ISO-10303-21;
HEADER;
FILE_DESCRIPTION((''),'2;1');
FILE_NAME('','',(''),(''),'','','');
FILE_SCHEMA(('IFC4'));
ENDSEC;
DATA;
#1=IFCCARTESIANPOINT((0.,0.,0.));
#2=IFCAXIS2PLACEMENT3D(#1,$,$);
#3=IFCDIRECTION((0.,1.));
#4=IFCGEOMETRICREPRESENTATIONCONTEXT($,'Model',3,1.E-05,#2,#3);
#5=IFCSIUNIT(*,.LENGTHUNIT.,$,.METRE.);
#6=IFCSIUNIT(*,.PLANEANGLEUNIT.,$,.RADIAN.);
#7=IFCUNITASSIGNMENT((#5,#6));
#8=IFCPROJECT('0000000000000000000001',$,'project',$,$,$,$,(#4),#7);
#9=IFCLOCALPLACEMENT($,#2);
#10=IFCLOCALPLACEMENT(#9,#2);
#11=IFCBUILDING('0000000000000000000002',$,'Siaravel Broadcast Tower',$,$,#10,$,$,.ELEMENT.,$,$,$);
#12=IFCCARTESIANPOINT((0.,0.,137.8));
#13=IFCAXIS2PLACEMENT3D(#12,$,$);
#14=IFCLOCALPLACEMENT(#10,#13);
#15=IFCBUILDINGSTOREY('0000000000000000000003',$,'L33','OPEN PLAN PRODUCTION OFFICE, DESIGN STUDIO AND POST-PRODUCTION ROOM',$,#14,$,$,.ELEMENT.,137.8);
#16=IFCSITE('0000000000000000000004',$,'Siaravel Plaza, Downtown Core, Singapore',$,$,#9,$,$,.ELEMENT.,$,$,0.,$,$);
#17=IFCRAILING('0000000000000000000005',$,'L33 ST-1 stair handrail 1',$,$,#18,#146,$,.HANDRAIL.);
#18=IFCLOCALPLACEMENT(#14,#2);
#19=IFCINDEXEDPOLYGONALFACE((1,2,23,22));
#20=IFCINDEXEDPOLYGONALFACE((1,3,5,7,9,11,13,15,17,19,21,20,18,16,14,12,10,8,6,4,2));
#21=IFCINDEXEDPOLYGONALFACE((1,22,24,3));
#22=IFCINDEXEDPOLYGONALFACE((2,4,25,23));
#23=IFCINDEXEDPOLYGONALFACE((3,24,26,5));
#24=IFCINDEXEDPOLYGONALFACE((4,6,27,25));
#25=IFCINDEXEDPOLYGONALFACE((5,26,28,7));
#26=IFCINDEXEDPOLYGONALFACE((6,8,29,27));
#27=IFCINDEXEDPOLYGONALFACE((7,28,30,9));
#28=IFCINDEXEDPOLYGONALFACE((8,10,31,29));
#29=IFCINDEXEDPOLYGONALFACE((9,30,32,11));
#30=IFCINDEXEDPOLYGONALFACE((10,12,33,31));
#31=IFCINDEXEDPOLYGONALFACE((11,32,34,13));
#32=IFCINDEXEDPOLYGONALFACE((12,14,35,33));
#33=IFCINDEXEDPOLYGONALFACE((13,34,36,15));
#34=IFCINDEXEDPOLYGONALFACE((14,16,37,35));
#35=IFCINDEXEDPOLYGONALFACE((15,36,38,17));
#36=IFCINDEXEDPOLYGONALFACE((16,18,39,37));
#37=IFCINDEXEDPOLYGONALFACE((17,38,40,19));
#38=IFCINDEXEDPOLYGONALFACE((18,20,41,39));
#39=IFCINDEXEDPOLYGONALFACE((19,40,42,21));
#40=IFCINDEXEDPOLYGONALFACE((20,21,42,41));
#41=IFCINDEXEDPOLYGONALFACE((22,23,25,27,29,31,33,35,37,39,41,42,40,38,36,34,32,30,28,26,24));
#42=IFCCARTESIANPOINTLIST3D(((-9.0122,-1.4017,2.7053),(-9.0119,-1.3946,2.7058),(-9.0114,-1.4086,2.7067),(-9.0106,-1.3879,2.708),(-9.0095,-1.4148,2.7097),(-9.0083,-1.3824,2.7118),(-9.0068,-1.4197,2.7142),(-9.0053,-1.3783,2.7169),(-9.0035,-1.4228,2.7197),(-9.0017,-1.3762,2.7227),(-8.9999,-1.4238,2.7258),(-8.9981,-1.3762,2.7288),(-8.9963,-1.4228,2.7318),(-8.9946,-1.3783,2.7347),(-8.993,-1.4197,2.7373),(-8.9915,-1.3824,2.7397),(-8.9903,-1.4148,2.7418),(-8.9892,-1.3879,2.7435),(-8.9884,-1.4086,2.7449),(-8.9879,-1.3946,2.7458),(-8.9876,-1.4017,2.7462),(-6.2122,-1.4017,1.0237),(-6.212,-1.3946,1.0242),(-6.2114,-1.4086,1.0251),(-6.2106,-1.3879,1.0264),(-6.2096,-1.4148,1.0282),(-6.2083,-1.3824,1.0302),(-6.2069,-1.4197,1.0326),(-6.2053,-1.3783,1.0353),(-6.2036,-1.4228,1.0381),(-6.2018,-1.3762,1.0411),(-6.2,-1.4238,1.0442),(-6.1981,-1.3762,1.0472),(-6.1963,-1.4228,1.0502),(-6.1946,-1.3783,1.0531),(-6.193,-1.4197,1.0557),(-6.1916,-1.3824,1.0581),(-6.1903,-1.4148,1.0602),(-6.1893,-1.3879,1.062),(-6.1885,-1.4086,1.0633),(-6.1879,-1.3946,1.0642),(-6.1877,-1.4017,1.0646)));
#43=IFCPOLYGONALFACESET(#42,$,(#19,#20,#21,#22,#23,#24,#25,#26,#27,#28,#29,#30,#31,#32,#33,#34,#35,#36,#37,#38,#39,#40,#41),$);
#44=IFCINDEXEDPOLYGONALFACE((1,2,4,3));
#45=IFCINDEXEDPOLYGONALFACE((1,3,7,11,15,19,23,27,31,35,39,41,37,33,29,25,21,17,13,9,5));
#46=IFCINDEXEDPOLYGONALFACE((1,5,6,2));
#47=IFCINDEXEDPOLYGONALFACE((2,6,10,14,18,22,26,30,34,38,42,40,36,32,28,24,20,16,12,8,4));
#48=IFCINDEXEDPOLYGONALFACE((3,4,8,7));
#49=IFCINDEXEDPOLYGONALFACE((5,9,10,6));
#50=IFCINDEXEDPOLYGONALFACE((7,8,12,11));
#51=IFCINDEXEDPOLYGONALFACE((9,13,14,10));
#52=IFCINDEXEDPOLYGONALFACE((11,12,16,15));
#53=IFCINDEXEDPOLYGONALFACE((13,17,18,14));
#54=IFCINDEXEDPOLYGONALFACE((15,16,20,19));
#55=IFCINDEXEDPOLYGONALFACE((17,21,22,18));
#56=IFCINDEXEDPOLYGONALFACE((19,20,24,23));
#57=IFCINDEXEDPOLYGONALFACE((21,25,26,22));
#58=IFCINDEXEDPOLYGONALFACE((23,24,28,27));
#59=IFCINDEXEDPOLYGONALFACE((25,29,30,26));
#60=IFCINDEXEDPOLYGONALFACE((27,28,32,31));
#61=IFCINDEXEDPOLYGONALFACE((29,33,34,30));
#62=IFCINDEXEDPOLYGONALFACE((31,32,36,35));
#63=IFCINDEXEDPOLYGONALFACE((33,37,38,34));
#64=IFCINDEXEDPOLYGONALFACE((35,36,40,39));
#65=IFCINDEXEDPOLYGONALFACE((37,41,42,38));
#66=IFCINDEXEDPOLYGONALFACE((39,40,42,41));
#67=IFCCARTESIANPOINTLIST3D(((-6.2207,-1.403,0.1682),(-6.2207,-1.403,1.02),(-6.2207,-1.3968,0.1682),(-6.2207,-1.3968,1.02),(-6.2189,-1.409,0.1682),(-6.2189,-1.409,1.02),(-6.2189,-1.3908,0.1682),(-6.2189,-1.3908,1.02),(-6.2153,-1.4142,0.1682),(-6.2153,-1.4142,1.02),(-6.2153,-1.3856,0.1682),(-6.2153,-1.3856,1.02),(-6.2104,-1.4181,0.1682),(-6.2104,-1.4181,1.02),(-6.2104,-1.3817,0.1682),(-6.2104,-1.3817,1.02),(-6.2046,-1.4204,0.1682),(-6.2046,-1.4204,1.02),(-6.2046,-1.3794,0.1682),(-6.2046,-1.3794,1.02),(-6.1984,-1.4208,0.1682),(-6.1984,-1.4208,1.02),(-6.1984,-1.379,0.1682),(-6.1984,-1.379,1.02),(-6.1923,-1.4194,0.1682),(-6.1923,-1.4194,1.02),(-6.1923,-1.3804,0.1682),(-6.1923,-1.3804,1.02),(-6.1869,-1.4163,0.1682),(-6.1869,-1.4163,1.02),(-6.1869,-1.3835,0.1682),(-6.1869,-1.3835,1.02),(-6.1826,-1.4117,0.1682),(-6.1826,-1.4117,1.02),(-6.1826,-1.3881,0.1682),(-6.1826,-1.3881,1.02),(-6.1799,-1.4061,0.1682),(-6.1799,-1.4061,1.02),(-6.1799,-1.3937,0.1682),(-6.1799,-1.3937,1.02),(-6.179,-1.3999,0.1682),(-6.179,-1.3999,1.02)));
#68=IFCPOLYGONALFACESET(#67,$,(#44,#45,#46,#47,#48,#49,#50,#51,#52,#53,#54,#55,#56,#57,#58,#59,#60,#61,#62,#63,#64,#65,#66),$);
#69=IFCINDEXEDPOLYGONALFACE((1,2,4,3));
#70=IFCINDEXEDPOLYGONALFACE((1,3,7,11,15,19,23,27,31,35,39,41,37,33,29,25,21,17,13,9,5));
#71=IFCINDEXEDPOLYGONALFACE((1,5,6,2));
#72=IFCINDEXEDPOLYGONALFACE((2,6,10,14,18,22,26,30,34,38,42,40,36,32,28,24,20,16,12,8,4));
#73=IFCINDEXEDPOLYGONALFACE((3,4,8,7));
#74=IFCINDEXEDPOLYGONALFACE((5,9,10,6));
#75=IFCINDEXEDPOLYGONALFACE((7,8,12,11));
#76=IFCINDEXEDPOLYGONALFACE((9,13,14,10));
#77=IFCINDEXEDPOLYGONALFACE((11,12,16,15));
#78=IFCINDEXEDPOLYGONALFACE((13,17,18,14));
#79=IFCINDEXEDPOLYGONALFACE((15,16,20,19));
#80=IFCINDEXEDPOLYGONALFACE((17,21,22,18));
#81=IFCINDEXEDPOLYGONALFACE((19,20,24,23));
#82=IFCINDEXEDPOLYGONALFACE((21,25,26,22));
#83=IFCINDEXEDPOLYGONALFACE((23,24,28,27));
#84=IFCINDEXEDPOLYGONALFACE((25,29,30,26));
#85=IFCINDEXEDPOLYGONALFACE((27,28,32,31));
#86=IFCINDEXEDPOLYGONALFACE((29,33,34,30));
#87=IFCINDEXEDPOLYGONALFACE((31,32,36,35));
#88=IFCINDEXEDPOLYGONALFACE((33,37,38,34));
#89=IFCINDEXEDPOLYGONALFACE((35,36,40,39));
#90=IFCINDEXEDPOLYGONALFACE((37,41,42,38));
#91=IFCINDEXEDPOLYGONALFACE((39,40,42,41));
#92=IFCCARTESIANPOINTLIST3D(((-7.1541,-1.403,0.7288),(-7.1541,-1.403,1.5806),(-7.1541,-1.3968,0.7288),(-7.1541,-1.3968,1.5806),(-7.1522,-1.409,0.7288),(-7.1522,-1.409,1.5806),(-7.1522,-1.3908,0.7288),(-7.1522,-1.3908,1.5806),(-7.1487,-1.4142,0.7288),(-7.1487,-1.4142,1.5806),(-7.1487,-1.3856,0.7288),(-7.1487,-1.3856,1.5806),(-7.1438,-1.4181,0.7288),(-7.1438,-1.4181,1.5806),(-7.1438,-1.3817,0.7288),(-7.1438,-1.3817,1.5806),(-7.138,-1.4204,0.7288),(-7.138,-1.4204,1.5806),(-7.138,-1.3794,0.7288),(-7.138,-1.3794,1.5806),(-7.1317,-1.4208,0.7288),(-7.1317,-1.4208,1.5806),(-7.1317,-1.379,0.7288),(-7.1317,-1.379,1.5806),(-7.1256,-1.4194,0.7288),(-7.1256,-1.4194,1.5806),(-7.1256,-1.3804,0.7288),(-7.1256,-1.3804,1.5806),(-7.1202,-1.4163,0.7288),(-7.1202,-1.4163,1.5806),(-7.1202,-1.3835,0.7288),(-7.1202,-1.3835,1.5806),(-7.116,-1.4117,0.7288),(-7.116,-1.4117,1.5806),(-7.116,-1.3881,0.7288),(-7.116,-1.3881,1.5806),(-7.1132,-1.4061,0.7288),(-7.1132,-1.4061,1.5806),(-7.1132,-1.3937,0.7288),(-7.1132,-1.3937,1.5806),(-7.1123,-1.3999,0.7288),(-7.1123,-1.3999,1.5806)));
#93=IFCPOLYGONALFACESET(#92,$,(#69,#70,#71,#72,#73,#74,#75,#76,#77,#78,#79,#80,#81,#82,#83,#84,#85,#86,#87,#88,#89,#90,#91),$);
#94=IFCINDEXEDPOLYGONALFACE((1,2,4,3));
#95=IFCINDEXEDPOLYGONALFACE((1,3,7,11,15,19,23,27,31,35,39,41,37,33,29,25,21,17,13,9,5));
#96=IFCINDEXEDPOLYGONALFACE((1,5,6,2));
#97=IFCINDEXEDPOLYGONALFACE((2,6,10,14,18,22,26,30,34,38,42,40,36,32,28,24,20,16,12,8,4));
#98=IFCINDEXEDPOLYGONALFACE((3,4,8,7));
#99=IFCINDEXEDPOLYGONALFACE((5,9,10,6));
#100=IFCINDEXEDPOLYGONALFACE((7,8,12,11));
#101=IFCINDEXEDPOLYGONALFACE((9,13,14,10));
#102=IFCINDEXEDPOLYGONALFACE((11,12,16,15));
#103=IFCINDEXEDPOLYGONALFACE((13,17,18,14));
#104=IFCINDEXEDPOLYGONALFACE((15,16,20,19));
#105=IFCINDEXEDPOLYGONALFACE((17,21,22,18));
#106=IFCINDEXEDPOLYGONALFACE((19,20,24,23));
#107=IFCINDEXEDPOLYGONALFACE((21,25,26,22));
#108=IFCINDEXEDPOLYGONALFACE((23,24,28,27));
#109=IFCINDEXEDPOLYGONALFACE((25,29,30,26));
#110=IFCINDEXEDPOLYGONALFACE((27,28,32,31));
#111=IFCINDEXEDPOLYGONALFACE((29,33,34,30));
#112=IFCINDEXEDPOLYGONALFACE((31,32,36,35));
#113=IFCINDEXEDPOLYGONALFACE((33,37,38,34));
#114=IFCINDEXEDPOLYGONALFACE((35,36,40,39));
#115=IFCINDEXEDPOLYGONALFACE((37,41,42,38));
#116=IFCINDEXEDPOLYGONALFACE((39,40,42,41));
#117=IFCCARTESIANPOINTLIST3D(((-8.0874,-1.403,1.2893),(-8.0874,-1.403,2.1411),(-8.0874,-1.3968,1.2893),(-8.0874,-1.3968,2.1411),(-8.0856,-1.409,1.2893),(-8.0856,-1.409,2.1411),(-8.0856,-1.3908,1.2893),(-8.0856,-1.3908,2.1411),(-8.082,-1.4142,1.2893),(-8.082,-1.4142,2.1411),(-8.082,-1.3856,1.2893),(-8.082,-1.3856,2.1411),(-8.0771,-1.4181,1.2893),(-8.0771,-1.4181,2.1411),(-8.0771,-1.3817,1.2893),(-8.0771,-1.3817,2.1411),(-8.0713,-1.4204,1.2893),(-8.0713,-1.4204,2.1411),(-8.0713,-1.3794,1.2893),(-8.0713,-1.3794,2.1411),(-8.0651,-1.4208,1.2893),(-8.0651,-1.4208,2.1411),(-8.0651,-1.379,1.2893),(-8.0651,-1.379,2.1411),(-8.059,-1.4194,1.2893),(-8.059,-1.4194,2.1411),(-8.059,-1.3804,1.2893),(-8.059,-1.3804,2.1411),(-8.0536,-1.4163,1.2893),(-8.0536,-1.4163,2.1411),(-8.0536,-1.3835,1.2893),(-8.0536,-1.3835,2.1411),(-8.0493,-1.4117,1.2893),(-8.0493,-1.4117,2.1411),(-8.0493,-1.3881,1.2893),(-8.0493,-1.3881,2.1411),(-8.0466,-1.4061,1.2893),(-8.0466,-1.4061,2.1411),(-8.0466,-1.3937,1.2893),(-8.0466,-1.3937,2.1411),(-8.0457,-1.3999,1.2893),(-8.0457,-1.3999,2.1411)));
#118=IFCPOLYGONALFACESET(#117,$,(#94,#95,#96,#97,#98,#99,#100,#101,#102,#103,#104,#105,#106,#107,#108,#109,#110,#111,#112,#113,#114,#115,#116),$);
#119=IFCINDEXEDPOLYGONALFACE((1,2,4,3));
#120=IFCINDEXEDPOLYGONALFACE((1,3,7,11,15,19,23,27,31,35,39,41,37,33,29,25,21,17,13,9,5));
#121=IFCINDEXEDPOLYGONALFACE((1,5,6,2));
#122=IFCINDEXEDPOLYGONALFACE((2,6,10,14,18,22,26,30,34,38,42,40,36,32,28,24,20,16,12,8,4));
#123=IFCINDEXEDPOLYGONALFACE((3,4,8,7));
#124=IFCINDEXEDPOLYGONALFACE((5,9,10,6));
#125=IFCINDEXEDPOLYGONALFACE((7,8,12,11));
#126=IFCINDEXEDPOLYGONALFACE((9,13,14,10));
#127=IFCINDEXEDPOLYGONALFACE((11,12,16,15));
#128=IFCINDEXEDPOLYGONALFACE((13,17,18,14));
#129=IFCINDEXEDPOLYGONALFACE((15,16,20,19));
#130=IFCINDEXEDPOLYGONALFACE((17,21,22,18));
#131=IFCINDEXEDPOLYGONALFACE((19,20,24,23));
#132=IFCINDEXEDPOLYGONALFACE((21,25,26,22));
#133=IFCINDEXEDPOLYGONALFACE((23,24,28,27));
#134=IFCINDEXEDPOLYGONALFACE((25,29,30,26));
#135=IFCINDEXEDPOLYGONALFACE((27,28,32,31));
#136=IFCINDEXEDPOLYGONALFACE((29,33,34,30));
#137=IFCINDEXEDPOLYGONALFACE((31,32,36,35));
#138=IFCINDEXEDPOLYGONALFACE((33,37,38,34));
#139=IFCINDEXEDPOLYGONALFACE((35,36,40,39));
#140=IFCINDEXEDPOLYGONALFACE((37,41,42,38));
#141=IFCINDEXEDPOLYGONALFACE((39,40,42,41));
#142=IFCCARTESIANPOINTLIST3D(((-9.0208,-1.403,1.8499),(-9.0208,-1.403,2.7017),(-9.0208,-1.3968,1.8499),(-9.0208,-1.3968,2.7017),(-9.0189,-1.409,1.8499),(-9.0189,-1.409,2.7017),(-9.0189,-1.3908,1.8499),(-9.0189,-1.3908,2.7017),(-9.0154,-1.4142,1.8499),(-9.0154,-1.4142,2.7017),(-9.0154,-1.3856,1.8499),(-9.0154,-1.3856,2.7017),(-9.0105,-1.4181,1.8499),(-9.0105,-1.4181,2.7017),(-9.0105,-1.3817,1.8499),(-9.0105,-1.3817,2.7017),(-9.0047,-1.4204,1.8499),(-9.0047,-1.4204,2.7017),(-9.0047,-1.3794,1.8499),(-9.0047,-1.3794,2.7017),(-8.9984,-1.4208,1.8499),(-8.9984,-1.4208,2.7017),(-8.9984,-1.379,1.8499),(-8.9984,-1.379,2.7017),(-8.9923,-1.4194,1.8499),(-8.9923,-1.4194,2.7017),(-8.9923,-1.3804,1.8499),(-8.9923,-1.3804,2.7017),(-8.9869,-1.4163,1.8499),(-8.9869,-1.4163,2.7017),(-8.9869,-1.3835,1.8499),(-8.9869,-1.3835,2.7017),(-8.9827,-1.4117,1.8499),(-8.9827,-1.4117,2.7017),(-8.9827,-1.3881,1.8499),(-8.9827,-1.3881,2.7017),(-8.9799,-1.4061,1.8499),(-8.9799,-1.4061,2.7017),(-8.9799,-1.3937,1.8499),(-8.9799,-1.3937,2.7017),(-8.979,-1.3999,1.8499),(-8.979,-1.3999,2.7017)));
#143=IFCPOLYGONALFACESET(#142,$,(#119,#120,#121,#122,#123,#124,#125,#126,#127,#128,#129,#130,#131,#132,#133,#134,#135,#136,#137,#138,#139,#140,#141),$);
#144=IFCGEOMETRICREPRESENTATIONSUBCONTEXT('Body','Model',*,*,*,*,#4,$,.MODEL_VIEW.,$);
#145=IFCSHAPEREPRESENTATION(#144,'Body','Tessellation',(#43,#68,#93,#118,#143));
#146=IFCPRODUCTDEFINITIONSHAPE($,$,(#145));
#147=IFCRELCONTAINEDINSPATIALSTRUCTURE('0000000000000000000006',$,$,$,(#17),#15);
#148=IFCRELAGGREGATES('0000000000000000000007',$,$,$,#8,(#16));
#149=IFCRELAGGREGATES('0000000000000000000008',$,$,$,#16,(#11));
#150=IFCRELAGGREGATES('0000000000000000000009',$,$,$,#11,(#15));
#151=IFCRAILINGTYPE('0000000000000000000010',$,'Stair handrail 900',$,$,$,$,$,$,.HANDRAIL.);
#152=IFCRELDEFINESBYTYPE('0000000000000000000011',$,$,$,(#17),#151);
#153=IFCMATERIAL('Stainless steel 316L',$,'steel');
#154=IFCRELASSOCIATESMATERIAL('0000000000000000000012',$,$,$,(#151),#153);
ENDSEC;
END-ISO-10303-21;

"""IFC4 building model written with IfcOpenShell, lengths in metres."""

from ifc_helpers import new_model, si_unit, direction, frame, origin, origin_2d, place, context, subcontext, project, spatial, circle, extrude, material, type_object, element, save


model = new_model("IFC4")

# Units and contexts
model_context = context("Model", 3, precision=1e-05, world=origin(), true_north=direction((0.0, 1.0)))
body_context = subcontext(model_context, "Body", "Model", "MODEL_VIEW")
ifc_project = project(units=[si_unit("LENGTHUNIT", "METRE"), si_unit("PLANEANGLEUNIT", "RADIAN")], contexts=[model_context])

# Site, building, storey
site_placement = place(None, origin())
site = spatial("IfcSite", under=ifc_project, at=site_placement, Name="Siaravel Plaza, Downtown Core, Singapore", CompositionType="ELEMENT", RefElevation=0.0)
building_placement = place(site_placement, origin())
building = spatial("IfcBuilding", under=site, at=building_placement, Name="Siaravel Broadcast Tower", CompositionType="ELEMENT")
storey_placement = place(building_placement, frame((0.0, 0.0, 137.8)))
storey = spatial("IfcBuildingStorey", under=building, at=storey_placement, Name="L33", Description="OPEN PLAN PRODUCTION OFFICE, DESIGN STUDIO AND POST-PRODUCTION ROOM", CompositionType="ELEMENT", Elevation=137.8)

# Shared definitions
ifc_material_1 = material(Name="Stainless steel 316L", Category="steel")

# Railing
railing_type = type_object("IfcRailingType", Name="Stair handrail 900", PredefinedType="HANDRAIL", material=ifc_material_1)
railing_placement = place(storey_placement, frame((-6.2, -1.3999, 0.1682)))
element("IfcRailing", 1, at=railing_placement, inside=storey, type_object=railing_type, Name="L33 ST-1 stair handrail 1", PredefinedType="HANDRAIL", context=body_context, shape_type="SweptSolid", body=[
    extrude(circle(Radius=0.0239, at=origin_2d()), frame((0.0, 0.0, 0.876), z_axis=(-0.857275, 0.0, 0.514858), x_axis=(0.0, -1.0, 0.0)), (0.0, 0.0, 1.0), 3.2661),
    extrude(circle(Radius=0.021, at=origin_2d()), origin(), (0.0, 0.0, 1.0), 0.8518),
    extrude(circle(Radius=0.021, at=origin_2d()), frame((-0.9333, 0.0, 0.5605)), (0.0, 0.0, 1.0), 0.8518),
    extrude(circle(Radius=0.021, at=origin_2d()), frame((-1.8667, 0.0, 1.1211)), (0.0, 0.0, 1.0), 0.8518),
    extrude(circle(Radius=0.021, at=origin_2d()), frame((-2.8, 0.0, 1.6816)), (0.0, 0.0, 1.0), 0.8518),
])

save(model, "model.ifc")
